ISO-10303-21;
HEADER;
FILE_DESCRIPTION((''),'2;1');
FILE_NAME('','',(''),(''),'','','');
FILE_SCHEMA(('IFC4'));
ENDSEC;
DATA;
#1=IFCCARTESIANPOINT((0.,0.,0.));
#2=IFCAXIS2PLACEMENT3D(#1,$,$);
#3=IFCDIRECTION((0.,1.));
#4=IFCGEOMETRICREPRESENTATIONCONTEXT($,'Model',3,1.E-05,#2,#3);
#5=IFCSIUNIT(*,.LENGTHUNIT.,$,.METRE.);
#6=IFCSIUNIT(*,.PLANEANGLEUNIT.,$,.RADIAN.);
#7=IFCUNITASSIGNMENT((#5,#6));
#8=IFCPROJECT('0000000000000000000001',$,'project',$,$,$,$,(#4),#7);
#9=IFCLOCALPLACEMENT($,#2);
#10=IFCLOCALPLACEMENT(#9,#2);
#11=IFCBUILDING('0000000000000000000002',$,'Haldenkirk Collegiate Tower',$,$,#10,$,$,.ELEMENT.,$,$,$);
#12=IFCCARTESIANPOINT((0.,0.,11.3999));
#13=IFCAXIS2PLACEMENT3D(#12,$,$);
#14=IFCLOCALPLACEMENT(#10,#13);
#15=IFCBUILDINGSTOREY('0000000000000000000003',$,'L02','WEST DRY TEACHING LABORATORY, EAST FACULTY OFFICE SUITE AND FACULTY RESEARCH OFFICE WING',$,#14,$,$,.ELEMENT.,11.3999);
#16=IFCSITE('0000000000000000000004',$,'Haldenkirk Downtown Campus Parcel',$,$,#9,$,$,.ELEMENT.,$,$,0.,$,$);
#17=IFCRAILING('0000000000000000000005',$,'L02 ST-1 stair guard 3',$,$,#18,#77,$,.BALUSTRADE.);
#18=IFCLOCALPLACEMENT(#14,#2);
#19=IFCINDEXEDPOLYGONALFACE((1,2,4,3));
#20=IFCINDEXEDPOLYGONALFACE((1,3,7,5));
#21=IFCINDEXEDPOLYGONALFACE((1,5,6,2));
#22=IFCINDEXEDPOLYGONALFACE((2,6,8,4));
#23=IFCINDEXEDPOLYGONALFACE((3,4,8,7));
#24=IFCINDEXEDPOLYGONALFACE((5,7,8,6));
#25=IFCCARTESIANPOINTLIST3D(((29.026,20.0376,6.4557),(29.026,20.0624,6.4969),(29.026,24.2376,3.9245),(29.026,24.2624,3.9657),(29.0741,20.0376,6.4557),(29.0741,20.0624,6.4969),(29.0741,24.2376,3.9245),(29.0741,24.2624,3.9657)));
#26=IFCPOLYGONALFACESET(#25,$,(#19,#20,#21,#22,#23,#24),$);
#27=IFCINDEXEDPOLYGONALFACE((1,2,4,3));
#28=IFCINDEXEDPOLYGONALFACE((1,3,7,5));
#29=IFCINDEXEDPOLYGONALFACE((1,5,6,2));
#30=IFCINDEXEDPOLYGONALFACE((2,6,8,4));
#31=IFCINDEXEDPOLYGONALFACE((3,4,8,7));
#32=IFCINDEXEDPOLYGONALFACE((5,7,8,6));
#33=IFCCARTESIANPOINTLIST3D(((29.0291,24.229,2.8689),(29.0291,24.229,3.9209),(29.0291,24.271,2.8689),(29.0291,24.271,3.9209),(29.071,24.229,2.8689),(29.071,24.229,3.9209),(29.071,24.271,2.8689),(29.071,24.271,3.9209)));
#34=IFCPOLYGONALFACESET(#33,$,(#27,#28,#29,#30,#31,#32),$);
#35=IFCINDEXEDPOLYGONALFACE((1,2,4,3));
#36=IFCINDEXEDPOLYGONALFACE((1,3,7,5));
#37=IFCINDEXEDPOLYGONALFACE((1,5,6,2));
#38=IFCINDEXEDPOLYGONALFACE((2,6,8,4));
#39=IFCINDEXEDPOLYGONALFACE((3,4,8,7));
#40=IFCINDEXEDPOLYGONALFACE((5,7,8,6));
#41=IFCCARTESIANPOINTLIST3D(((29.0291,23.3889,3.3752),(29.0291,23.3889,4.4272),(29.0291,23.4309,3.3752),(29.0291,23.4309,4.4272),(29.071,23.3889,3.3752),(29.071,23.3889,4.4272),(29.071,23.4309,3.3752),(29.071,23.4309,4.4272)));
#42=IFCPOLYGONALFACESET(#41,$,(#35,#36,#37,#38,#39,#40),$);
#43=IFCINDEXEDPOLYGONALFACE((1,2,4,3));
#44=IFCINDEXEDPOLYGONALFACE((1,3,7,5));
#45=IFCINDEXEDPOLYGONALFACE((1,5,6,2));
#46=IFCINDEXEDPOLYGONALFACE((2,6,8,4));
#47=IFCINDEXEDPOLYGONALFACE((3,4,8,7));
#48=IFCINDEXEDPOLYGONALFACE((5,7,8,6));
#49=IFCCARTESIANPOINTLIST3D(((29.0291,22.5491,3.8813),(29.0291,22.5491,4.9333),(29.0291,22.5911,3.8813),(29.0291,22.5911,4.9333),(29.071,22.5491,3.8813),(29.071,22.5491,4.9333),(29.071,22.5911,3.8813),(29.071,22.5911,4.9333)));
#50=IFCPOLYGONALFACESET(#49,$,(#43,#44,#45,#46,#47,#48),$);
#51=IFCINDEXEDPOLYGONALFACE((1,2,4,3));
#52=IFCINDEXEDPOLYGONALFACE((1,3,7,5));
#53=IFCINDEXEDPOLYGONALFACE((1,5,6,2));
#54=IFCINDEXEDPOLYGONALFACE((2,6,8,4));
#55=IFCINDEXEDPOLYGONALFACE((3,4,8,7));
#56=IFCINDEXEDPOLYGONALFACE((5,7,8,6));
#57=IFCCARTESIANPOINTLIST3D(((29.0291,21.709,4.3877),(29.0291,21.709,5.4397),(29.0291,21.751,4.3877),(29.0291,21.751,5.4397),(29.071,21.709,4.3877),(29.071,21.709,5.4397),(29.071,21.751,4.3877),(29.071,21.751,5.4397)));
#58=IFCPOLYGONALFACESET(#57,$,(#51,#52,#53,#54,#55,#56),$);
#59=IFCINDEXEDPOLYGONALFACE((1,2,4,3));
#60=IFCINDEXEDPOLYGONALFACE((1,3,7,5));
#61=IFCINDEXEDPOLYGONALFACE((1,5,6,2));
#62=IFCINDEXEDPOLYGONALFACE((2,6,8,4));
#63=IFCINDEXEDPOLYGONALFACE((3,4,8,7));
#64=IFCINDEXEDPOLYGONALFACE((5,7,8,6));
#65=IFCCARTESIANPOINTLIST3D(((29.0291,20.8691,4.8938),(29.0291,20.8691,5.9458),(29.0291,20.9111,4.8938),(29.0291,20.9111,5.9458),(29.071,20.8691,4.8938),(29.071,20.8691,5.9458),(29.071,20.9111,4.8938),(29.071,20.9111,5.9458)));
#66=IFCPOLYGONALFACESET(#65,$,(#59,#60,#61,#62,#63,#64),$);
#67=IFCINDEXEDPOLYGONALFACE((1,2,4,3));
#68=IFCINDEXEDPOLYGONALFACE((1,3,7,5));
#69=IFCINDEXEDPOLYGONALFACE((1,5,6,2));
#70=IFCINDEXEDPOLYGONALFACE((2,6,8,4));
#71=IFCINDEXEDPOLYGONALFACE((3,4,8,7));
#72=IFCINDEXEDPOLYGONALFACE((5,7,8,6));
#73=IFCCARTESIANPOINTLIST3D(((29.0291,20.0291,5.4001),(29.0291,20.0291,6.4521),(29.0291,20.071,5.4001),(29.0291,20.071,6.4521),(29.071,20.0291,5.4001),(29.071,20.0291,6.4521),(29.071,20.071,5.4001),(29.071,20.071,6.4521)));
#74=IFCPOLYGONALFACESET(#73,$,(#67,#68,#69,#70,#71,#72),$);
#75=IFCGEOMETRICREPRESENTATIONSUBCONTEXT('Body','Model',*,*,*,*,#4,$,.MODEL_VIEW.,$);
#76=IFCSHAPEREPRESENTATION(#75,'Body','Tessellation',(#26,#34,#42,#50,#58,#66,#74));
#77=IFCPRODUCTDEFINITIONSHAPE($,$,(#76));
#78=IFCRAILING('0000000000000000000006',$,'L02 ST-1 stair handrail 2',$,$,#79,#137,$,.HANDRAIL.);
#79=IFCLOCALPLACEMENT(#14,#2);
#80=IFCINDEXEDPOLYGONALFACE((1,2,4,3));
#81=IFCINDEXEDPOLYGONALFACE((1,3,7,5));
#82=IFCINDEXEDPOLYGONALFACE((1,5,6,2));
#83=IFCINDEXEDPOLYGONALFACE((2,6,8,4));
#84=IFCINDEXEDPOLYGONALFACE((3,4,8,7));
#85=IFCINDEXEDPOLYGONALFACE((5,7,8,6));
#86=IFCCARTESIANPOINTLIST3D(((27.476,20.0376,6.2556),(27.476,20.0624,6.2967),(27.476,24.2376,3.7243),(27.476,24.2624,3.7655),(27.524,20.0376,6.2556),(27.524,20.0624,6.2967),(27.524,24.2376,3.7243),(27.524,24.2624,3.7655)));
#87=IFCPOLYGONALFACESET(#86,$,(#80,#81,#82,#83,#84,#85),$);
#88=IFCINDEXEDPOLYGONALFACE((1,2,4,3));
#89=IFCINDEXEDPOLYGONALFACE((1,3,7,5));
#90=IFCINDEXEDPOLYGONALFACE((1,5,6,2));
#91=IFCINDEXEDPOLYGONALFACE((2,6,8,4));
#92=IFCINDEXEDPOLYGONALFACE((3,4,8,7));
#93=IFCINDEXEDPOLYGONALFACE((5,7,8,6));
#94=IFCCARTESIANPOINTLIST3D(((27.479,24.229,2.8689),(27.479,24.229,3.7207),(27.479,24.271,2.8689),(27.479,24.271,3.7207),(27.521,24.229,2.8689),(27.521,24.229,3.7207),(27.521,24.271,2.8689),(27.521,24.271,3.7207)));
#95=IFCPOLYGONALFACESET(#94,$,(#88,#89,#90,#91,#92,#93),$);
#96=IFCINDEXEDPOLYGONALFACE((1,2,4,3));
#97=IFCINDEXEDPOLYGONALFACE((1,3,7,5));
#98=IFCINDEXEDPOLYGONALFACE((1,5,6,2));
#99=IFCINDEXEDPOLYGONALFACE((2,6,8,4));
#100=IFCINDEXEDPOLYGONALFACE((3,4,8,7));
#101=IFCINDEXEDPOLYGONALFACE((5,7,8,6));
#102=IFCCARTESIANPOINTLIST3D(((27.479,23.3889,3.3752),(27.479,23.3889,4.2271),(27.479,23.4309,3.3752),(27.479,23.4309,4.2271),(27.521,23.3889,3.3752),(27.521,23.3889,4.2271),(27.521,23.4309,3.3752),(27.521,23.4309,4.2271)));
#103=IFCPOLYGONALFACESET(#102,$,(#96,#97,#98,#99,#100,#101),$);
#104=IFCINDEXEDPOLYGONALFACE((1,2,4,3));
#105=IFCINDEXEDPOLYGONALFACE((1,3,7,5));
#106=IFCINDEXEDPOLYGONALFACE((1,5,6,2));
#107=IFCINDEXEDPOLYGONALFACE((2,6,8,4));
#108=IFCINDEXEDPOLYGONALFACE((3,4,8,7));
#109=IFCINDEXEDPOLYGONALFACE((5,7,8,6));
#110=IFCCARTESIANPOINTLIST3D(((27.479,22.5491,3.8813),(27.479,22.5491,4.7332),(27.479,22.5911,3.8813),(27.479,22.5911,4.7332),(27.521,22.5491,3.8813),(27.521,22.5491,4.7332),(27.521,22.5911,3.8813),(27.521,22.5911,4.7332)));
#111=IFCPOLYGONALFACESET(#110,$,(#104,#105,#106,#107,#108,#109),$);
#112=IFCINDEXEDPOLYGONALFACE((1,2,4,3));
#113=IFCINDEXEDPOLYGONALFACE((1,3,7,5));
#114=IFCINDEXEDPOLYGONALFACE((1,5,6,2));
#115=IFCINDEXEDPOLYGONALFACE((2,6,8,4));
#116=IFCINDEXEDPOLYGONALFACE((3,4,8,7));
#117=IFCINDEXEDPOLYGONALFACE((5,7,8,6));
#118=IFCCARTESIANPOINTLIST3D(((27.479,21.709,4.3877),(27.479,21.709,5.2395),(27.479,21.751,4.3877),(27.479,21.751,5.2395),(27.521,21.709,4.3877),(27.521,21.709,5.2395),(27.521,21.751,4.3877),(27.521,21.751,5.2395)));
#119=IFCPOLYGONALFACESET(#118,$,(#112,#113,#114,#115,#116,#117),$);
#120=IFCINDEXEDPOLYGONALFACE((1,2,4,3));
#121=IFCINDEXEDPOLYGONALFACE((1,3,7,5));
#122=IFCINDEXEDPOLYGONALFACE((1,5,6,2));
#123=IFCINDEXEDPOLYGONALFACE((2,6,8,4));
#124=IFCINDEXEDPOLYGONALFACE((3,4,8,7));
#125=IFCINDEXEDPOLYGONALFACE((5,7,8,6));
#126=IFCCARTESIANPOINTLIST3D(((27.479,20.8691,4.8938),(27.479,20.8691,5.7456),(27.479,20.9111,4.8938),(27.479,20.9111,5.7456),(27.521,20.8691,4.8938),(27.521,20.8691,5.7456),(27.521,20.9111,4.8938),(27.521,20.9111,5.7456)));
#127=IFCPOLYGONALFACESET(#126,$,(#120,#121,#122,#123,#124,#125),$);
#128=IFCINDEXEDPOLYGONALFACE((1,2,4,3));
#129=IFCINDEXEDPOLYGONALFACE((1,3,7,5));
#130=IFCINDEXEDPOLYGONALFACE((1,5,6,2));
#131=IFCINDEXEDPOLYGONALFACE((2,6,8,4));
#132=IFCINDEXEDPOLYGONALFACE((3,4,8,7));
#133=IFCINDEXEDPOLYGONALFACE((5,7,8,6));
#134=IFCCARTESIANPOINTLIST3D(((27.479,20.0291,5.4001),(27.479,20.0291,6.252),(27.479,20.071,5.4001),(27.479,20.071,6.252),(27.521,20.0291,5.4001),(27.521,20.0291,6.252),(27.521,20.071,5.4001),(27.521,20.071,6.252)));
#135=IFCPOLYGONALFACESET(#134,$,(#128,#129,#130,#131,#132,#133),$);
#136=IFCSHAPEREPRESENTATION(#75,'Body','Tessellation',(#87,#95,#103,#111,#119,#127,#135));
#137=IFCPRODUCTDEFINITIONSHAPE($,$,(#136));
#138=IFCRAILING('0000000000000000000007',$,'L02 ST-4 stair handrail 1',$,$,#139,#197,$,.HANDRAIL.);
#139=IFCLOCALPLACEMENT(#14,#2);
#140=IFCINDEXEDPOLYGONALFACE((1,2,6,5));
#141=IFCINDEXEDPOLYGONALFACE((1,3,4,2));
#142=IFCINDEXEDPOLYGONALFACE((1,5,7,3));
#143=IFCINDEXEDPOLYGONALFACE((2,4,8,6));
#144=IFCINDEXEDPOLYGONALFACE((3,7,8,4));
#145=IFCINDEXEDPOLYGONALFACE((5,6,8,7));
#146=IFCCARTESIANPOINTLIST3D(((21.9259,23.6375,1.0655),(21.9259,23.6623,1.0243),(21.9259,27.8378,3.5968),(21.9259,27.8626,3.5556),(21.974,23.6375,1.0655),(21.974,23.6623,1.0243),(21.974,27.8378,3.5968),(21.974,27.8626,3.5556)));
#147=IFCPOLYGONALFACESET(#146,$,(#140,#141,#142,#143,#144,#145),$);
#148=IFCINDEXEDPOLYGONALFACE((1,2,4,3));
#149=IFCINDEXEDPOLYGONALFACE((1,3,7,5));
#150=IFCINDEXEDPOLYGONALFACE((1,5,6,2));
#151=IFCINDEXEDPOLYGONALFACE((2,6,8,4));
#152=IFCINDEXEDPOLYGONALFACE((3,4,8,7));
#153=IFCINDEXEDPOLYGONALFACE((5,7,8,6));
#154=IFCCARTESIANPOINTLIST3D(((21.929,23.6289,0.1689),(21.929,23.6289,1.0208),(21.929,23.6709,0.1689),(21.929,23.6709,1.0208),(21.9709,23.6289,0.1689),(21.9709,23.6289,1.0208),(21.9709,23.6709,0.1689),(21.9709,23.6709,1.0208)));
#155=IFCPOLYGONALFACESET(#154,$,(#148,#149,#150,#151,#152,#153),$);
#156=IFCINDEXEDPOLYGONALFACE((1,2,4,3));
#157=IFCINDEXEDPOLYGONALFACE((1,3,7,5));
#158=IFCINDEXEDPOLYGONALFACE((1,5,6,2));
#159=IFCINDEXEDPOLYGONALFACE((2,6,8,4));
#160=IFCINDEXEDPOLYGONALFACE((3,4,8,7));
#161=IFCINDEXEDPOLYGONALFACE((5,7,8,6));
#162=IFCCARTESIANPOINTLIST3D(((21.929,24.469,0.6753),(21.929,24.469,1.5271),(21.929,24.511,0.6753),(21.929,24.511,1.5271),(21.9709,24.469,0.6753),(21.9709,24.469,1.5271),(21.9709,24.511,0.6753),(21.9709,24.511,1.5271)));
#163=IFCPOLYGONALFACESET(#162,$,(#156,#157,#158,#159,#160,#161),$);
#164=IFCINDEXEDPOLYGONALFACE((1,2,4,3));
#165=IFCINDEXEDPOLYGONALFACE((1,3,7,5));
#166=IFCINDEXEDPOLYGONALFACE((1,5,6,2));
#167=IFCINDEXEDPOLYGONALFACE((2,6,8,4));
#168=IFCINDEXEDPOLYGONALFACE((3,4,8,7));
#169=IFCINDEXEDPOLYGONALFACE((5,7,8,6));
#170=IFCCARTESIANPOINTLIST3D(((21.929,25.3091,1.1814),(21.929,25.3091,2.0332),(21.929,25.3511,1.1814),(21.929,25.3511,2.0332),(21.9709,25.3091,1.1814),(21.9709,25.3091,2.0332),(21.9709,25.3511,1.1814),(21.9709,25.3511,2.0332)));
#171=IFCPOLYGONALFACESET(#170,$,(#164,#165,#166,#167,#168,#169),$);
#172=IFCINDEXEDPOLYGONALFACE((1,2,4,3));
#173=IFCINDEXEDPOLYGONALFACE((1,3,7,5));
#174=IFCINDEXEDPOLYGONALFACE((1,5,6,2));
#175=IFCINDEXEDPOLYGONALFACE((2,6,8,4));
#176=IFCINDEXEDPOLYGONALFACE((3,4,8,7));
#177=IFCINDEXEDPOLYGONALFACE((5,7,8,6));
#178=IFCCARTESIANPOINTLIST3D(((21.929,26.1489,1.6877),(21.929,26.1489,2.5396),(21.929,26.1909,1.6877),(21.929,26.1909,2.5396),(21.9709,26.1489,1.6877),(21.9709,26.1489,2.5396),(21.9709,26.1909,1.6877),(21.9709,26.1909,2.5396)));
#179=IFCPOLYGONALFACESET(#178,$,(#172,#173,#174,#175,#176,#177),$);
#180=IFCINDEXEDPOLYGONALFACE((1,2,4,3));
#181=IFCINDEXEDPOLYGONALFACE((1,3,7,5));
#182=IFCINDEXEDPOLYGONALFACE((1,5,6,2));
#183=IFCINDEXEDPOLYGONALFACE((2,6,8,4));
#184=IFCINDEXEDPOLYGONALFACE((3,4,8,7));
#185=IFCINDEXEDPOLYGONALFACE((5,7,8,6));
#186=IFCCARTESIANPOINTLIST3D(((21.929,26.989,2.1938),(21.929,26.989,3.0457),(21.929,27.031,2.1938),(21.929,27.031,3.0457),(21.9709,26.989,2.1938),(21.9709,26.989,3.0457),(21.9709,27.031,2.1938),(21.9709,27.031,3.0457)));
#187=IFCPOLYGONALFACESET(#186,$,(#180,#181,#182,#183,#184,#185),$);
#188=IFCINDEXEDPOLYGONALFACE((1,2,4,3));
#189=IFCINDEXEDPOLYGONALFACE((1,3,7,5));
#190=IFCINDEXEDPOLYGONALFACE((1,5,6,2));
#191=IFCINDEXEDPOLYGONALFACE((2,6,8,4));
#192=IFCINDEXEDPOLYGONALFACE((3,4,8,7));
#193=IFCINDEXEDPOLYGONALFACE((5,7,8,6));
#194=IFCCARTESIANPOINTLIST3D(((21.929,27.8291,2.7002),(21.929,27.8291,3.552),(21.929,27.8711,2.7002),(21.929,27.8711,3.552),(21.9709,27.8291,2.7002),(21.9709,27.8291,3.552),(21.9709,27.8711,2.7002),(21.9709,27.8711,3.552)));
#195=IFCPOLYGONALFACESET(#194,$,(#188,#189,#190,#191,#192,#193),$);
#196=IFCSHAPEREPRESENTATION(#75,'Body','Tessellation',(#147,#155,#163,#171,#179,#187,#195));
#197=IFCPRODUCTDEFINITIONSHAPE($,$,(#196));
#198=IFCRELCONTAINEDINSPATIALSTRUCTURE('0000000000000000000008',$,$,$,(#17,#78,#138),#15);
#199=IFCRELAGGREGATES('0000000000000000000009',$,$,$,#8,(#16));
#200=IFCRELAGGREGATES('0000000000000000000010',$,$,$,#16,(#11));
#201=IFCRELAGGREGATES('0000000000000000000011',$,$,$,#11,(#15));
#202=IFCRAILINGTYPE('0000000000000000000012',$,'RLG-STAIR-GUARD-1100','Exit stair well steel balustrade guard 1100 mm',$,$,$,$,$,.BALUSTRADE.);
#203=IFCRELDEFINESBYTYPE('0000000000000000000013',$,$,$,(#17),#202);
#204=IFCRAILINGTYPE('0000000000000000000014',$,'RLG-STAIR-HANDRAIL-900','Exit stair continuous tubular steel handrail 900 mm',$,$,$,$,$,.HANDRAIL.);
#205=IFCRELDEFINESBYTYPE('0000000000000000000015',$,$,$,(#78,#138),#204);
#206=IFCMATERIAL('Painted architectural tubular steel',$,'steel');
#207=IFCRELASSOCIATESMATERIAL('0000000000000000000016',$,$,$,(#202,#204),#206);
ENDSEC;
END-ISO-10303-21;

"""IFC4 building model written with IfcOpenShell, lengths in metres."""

from ifc_helpers import new_model, si_unit, direction, frame, origin, origin_2d, place, context, subcontext, project, spatial, rectangle, extrude, material, type_object, element, save


model = new_model("IFC4")

# Units and contexts
model_context = context("Model", 3, precision=1e-05, world=origin(), true_north=direction((0.0, 1.0)))
body_context = subcontext(model_context, "Body", "Model", "MODEL_VIEW")
ifc_project = project(units=[si_unit("LENGTHUNIT", "METRE"), si_unit("PLANEANGLEUNIT", "RADIAN")], contexts=[model_context])

# Site, building, storey
site_placement = place(None, origin())
site = spatial("IfcSite", under=ifc_project, at=site_placement, Name="Haldenkirk Downtown Campus Parcel", CompositionType="ELEMENT", RefElevation=0.0)
building_placement = place(site_placement, origin())
building = spatial("IfcBuilding", under=site, at=building_placement, Name="Haldenkirk Collegiate Tower", CompositionType="ELEMENT")
storey_placement = place(building_placement, frame((0.0, 0.0, 11.3999)))
storey = spatial("IfcBuildingStorey", under=building, at=storey_placement, Name="L02", Description="WEST DRY TEACHING LABORATORY, EAST FACULTY OFFICE SUITE AND FACULTY RESEARCH OFFICE WING", CompositionType="ELEMENT", Elevation=11.3999)

# Railings
ifc_material_1 = material(Name="Painted architectural tubular steel", Category="steel")
railing_type_1 = type_object("IfcRailingType", Name="RLG-STAIR-GUARD-1100", Description="Exit stair well steel balustrade guard 1100 mm", PredefinedType="BALUSTRADE", material=ifc_material_1)
railing_1_placement = place(storey_placement, frame((29.05, 24.25, 2.8689)))
element("IfcRailing", 1, at=railing_1_placement, inside=storey, type_object=railing_type_1, Name="L02 ST-1 stair guard 3", PredefinedType="BALUSTRADE", context=body_context, shape_type="SweptSolid", body=[
    extrude(rectangle(XDim=0.0481, YDim=0.0481, at=origin_2d()), frame((0.0, 0.0, 1.0762), z_axis=(0.0, -0.856476, 0.516186), x_axis=(1.0, 0.0, 0.0)), (0.0, 0.0, 1.0), 4.9038),
    extrude(rectangle(XDim=0.042, YDim=0.042, at=origin_2d()), origin(), (0.0, 0.0, 1.0), 1.052),
    extrude(rectangle(XDim=0.042, YDim=0.042, at=origin_2d()), frame((0.0, -0.8401, 0.5063)), (0.0, 0.0, 1.0), 1.052),
    extrude(rectangle(XDim=0.042, YDim=0.042, at=origin_2d()), frame((0.0, -1.6799, 1.0125)), (0.0, 0.0, 1.0), 1.052),
    extrude(rectangle(XDim=0.042, YDim=0.042, at=origin_2d()), frame((0.0, -2.52, 1.5188)), (0.0, 0.0, 1.0), 1.052),
    extrude(rectangle(XDim=0.042, YDim=0.042, at=origin_2d()), frame((0.0, -3.3599, 2.0249)), (0.0, 0.0, 1.0), 1.052),
    extrude(rectangle(XDim=0.042, YDim=0.042, at=origin_2d()), frame((0.0, -4.2, 2.5312)), (0.0, 0.0, 1.0), 1.052),
])
railing_type_2 = type_object("IfcRailingType", Name="RLG-STAIR-HANDRAIL-900", Description="Exit stair continuous tubular steel handrail 900 mm", PredefinedType="HANDRAIL", material=ifc_material_1)
railing_2_placement = place(storey_placement, frame((27.5, 24.25, 2.8689)))
element("IfcRailing", 2, at=railing_2_placement, inside=storey, type_object=railing_type_2, Name="L02 ST-1 stair handrail 2", PredefinedType="HANDRAIL", context=body_context, shape_type="SweptSolid", body=[
    extrude(rectangle(XDim=0.0481, YDim=0.0481, at=origin_2d()), frame((0.0, 0.0, 0.876), z_axis=(0.0, -0.856476, 0.516186), x_axis=(1.0, 0.0, 0.0)), (0.0, 0.0, 1.0), 4.9038),
    extrude(rectangle(XDim=0.042, YDim=0.042, at=origin_2d()), origin(), (0.0, 0.0, 1.0), 0.8518),
    extrude(rectangle(XDim=0.042, YDim=0.042, at=origin_2d()), frame((0.0, -0.8401, 0.5063)), (0.0, 0.0, 1.0), 0.8518),
    extrude(rectangle(XDim=0.042, YDim=0.042, at=origin_2d()), frame((0.0, -1.6799, 1.0125)), (0.0, 0.0, 1.0), 0.8518),
    extrude(rectangle(XDim=0.042, YDim=0.042, at=origin_2d()), frame((0.0, -2.52, 1.5188)), (0.0, 0.0, 1.0), 0.8518),
    extrude(rectangle(XDim=0.042, YDim=0.042, at=origin_2d()), frame((0.0, -3.3599, 2.0249)), (0.0, 0.0, 1.0), 0.8518),
    extrude(rectangle(XDim=0.042, YDim=0.042, at=origin_2d()), frame((0.0, -4.2, 2.5312)), (0.0, 0.0, 1.0), 0.8518),
])
railing_3_placement = place(storey_placement, frame((21.95, 23.6499, 0.1689)))
element("IfcRailing", 3, at=railing_3_placement, inside=storey, type_object=railing_type_2, Name="L02 ST-4 stair handrail 1", PredefinedType="HANDRAIL", context=body_context, shape_type="SweptSolid", body=[
    extrude(rectangle(XDim=0.0481, YDim=0.0481, at=origin_2d()), frame((0.0, 0.0, 0.876), z_axis=(0.0, 0.85649, 0.516164), x_axis=(-1.0, 0.0, 0.0)), (0.0, 0.0, 1.0), 4.9041),
    extrude(rectangle(XDim=0.042, YDim=0.042, at=origin_2d()), origin(), (0.0, 0.0, 1.0), 0.8518),
    extrude(rectangle(XDim=0.042, YDim=0.042, at=origin_2d()), frame((0.0, 0.8401, 0.5063)), (0.0, 0.0, 1.0), 0.8518),
    extrude(rectangle(XDim=0.042, YDim=0.042, at=origin_2d()), frame((0.0, 1.6802, 1.0125)), (0.0, 0.0, 1.0), 0.8518),
    extrude(rectangle(XDim=0.042, YDim=0.042, at=origin_2d()), frame((0.0, 2.52, 1.5188)), (0.0, 0.0, 1.0), 0.8518),
    extrude(rectangle(XDim=0.042, YDim=0.042, at=origin_2d()), frame((0.0, 3.3601, 2.0249)), (0.0, 0.0, 1.0), 0.8518),
    extrude(rectangle(XDim=0.042, YDim=0.042, at=origin_2d()), frame((0.0, 4.2002, 2.5312)), (0.0, 0.0, 1.0), 0.8518),
])

save(model, "model.ifc")
